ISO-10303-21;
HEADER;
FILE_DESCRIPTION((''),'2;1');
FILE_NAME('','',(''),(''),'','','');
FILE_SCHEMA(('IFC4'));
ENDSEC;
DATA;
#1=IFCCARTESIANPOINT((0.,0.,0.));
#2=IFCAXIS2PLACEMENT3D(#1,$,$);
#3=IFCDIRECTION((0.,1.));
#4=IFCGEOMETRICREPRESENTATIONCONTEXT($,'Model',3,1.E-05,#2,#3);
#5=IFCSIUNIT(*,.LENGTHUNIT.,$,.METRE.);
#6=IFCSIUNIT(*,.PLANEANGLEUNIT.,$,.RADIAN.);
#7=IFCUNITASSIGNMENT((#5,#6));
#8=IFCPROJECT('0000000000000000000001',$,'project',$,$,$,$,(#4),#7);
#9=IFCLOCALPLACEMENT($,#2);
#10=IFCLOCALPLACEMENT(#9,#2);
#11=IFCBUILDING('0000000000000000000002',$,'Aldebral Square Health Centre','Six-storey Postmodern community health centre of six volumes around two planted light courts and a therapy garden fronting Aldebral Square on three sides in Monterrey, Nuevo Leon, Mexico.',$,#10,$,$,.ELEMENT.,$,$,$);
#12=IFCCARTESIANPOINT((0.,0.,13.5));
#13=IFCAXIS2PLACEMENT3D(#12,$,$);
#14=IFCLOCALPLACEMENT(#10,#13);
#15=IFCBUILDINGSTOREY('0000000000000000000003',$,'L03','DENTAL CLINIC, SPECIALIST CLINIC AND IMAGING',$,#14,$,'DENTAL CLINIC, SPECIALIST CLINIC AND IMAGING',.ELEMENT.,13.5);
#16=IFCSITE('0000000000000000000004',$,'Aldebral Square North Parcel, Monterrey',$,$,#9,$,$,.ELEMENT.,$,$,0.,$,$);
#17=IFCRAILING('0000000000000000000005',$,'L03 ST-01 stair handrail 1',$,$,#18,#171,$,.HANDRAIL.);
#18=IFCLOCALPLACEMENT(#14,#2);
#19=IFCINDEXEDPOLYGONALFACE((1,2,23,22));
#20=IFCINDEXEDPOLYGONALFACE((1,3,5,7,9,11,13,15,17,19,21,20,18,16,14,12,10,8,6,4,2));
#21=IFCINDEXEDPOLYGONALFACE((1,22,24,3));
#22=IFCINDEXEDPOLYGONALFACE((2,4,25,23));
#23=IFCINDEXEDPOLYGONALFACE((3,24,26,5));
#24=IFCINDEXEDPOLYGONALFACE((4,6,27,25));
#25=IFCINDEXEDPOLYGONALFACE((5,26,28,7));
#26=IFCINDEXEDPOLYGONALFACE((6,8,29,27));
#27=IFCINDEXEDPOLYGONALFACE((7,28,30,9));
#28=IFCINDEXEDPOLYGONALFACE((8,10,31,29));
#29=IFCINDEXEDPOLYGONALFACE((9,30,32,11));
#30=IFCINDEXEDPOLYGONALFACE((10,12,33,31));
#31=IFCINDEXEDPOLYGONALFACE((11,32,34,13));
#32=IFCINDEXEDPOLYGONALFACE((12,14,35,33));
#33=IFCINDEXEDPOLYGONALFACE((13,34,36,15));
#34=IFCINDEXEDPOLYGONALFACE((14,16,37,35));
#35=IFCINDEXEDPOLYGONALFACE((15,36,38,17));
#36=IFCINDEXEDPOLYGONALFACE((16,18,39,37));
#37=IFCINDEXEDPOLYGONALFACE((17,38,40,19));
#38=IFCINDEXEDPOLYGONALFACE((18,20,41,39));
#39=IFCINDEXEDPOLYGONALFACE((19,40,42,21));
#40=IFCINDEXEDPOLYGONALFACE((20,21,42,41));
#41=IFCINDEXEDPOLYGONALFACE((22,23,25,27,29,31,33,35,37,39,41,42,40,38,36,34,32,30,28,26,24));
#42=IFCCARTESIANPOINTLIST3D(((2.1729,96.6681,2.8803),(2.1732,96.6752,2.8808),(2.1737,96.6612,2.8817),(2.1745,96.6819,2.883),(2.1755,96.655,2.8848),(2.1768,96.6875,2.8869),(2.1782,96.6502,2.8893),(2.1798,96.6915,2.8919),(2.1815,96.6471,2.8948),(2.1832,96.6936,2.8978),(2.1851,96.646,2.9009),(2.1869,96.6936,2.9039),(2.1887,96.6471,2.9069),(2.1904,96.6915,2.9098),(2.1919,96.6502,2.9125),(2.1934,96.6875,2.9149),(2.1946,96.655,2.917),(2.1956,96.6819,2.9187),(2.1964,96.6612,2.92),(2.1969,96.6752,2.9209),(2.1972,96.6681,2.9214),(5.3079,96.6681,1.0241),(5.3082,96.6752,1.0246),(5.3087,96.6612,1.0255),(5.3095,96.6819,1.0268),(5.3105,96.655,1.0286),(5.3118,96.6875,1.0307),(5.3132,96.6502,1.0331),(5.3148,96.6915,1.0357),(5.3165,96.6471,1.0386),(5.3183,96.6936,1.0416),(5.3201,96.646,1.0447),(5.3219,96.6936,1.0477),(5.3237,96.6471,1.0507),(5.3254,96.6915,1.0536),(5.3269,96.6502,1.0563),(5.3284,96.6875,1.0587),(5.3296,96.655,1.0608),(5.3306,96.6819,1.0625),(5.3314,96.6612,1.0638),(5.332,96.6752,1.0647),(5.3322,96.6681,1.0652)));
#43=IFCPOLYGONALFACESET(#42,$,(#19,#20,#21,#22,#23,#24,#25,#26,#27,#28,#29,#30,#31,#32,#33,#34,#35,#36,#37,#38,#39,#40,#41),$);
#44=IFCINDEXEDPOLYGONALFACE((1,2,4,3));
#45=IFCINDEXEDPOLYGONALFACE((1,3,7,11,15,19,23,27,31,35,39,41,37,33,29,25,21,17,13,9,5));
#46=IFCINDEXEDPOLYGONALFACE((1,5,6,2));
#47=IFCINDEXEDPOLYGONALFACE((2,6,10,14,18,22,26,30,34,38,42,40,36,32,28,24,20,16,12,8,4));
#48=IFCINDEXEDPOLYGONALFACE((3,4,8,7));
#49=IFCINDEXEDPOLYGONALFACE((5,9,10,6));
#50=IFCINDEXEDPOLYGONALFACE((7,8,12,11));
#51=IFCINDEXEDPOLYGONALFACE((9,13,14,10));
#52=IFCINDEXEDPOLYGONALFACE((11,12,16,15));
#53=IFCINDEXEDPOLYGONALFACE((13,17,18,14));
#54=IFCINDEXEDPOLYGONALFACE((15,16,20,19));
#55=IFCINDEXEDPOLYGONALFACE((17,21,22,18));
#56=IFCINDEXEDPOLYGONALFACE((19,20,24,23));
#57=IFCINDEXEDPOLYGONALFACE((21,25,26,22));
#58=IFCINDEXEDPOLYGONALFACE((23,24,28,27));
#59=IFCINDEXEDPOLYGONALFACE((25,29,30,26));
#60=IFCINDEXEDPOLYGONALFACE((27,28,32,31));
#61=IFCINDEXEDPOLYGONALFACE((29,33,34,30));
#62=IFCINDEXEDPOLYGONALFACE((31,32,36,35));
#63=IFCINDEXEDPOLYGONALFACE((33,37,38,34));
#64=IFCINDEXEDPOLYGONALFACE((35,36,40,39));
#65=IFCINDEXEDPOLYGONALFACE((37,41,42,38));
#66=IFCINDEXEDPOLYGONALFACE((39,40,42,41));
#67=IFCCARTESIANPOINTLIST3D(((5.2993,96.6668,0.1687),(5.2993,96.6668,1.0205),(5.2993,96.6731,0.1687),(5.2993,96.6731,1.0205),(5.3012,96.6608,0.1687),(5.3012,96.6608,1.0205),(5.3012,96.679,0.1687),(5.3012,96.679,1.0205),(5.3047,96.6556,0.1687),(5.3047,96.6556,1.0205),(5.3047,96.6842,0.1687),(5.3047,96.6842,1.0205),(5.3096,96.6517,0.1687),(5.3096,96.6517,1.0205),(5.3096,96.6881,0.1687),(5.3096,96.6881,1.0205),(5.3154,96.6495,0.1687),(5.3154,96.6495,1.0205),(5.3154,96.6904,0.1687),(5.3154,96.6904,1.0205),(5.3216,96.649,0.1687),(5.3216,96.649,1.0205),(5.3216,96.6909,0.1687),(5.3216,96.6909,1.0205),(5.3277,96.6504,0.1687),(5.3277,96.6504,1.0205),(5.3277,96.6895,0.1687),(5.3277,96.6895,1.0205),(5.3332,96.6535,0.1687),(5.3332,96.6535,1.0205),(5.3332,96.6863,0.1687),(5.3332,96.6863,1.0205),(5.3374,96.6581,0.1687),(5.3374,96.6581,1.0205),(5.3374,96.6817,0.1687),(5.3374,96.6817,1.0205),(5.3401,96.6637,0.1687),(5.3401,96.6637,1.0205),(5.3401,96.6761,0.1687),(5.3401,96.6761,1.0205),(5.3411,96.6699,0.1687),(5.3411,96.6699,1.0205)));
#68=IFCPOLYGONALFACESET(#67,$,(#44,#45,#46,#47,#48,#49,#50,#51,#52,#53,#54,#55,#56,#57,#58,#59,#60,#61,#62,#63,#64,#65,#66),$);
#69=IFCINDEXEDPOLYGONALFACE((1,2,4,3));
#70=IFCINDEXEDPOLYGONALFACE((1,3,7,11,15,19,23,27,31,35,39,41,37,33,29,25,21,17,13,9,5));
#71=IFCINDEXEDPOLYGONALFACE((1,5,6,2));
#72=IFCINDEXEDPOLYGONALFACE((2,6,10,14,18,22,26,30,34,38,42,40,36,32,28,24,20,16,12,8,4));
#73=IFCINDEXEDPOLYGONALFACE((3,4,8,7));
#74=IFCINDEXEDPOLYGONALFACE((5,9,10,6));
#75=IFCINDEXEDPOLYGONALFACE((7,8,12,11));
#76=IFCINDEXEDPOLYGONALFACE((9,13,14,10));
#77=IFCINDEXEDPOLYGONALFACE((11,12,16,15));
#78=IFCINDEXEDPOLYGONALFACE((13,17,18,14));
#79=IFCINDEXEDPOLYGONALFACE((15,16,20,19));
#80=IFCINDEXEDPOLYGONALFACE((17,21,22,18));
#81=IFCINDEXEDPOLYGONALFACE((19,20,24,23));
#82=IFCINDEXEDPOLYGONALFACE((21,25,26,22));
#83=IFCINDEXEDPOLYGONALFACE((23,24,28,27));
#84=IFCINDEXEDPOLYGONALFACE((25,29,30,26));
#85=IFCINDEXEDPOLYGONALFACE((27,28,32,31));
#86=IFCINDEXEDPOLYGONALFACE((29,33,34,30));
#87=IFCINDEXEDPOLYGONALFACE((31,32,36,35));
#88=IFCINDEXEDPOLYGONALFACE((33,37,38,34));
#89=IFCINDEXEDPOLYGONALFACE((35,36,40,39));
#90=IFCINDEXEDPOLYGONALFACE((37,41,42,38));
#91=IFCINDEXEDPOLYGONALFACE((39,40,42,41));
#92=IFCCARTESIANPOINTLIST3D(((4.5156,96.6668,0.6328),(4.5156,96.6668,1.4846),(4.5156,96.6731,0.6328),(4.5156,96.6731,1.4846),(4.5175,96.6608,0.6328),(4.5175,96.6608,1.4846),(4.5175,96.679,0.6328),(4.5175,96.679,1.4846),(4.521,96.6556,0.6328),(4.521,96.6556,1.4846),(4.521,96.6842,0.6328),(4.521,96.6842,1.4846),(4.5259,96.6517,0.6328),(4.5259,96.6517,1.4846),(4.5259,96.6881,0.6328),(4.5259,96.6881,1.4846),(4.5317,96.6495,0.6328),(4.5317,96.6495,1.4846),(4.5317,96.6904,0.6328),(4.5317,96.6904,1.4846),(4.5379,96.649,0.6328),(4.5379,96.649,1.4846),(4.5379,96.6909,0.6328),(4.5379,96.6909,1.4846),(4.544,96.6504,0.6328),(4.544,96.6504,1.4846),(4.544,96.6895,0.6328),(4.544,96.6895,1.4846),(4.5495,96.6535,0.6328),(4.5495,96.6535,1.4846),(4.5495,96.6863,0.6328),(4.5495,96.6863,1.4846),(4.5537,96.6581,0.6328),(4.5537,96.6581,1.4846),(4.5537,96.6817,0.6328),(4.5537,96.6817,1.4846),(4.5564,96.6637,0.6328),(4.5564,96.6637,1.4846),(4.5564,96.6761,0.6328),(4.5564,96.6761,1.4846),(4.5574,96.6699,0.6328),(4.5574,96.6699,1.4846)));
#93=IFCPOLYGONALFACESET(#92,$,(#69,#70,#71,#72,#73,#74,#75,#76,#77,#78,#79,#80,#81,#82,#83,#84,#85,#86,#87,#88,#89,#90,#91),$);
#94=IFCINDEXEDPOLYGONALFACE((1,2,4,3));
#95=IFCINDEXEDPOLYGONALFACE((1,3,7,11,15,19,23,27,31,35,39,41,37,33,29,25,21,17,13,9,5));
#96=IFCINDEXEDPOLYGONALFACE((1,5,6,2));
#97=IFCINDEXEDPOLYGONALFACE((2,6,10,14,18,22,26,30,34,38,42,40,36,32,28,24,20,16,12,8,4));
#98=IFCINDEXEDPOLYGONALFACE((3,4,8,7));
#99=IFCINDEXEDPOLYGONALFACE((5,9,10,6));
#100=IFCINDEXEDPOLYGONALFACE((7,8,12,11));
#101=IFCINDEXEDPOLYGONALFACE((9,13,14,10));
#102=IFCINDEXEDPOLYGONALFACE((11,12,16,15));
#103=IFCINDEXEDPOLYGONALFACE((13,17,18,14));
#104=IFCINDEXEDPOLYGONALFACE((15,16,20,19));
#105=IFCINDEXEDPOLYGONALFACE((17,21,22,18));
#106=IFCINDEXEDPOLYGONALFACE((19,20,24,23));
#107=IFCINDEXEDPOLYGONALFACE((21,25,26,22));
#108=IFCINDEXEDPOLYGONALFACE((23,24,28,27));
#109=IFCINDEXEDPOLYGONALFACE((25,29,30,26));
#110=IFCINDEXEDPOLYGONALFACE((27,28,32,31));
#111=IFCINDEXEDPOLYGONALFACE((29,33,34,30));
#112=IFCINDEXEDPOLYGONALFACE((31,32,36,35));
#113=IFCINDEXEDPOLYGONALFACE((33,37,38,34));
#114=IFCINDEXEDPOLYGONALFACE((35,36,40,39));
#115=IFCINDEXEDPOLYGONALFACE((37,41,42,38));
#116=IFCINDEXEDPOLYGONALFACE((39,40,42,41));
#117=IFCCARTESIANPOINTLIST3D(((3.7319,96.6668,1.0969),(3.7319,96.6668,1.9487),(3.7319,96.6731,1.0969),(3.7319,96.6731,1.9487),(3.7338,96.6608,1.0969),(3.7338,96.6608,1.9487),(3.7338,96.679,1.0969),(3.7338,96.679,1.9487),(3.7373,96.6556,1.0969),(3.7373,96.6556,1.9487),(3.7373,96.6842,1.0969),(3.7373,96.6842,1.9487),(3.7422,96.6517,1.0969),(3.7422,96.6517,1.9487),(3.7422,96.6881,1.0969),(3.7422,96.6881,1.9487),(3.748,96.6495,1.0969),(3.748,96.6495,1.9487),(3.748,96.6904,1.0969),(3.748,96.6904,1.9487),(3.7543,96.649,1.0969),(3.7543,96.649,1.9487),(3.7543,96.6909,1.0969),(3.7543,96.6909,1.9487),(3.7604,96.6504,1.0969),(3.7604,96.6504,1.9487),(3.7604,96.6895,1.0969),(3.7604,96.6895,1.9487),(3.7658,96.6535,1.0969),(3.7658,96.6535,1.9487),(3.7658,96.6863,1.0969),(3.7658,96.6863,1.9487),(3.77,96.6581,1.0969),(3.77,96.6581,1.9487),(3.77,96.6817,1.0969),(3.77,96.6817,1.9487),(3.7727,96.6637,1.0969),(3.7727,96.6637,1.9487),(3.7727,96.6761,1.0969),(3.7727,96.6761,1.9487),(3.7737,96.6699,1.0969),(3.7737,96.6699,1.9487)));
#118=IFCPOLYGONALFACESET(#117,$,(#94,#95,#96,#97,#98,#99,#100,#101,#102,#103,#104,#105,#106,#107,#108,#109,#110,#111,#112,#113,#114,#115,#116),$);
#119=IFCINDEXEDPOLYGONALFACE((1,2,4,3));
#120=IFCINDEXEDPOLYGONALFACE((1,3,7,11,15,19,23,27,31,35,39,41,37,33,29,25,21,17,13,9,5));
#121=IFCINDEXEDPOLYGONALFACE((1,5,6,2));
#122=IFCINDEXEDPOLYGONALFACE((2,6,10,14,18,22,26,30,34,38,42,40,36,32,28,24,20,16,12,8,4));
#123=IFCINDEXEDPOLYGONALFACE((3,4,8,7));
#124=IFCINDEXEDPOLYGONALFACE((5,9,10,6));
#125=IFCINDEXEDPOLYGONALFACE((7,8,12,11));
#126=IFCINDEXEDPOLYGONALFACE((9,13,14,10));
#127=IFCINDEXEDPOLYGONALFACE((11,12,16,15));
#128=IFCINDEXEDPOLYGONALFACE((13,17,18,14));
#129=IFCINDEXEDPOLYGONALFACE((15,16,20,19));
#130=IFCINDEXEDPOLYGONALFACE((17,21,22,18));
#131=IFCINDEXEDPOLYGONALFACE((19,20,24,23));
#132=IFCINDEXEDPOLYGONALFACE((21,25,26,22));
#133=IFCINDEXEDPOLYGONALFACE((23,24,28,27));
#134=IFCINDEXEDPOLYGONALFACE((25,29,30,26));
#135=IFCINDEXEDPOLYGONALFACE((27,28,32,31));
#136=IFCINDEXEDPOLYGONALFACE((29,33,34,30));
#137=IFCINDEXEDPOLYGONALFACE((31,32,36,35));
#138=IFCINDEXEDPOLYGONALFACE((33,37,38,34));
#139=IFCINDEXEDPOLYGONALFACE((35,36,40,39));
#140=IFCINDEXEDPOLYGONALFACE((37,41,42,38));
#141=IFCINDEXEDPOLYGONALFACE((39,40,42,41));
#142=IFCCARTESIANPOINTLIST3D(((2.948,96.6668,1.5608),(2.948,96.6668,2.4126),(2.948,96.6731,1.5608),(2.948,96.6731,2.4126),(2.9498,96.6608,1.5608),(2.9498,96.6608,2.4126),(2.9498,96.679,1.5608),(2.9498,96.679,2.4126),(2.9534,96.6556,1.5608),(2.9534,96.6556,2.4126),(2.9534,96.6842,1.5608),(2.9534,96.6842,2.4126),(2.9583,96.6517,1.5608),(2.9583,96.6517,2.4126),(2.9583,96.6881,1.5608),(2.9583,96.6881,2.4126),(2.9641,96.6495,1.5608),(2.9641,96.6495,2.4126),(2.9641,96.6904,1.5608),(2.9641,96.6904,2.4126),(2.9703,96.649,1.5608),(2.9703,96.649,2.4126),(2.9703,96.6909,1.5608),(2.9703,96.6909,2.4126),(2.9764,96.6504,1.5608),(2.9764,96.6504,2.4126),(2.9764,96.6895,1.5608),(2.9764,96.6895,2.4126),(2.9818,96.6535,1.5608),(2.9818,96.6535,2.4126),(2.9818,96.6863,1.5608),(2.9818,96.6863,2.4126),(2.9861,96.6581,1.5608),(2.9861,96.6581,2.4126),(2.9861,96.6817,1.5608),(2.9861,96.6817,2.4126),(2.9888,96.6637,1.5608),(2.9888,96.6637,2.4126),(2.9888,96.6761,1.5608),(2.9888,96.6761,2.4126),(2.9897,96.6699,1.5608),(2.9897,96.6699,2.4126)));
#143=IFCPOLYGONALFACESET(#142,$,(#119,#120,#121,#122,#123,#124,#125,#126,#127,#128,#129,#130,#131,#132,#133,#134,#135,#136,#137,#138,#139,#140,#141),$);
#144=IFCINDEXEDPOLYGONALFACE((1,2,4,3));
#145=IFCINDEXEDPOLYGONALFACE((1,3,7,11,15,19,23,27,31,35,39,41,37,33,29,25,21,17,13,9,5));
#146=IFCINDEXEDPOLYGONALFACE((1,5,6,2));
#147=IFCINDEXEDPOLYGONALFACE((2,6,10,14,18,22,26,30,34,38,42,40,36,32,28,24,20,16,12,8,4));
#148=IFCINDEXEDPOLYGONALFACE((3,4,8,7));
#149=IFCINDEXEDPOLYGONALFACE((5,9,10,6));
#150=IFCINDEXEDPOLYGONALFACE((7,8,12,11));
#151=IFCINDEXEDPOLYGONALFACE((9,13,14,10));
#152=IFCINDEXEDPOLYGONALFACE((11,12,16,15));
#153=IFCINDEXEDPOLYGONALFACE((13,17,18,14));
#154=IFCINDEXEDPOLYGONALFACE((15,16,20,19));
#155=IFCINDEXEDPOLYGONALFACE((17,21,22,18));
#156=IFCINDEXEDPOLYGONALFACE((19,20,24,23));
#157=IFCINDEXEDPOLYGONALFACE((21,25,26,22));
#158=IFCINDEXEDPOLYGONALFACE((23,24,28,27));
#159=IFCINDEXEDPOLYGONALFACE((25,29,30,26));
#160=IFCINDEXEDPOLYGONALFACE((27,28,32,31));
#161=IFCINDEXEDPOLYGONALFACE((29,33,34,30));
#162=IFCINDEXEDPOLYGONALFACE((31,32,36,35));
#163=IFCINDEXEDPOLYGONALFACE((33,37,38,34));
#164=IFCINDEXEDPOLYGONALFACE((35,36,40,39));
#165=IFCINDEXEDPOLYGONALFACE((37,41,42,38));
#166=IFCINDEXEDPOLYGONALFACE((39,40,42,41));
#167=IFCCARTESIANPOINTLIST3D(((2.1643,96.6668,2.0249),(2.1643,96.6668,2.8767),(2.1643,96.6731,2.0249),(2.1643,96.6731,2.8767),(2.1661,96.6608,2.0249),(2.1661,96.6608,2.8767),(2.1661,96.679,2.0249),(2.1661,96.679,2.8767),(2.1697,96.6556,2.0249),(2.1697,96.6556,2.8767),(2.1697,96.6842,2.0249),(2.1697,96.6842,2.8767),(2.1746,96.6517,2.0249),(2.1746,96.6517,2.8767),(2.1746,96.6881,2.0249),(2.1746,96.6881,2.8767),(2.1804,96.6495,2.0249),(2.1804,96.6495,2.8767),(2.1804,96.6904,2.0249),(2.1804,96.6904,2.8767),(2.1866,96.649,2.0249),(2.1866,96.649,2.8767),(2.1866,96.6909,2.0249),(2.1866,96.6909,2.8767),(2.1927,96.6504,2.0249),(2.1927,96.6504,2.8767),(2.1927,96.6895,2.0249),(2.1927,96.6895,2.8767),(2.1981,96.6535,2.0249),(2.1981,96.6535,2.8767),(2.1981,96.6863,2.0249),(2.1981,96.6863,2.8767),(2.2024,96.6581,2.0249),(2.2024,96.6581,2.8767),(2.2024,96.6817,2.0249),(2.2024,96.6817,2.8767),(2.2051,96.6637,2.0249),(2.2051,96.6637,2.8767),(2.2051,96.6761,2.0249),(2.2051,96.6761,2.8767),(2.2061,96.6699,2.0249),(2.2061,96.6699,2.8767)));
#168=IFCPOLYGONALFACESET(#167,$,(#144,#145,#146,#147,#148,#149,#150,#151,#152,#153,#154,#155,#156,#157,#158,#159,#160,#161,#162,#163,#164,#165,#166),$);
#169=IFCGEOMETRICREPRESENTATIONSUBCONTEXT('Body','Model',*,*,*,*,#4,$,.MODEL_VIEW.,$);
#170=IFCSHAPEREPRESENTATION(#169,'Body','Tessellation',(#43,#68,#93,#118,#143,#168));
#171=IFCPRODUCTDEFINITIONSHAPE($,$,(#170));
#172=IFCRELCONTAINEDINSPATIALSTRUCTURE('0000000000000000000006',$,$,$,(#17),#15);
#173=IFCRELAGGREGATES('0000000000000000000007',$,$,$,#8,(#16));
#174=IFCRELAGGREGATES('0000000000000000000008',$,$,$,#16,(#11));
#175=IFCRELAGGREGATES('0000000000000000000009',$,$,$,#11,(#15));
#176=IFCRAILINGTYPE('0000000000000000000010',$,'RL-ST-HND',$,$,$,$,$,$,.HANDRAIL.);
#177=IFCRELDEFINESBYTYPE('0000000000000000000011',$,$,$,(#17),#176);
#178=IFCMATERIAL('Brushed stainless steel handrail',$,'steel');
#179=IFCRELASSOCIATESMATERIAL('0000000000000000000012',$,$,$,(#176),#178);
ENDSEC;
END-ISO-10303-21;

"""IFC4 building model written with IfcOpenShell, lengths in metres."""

from ifc_helpers import new_model, si_unit, direction, frame, origin, origin_2d, place, context, subcontext, project, spatial, circle, extrude, material, type_object, element, save


model = new_model("IFC4")

# Units and contexts
model_context = context("Model", 3, precision=1e-05, world=origin(), true_north=direction((0.0, 1.0)))
body_context = subcontext(model_context, "Body", "Model", "MODEL_VIEW")
ifc_project = project(units=[si_unit("LENGTHUNIT", "METRE"), si_unit("PLANEANGLEUNIT", "RADIAN")], contexts=[model_context])

# Site, building, storey
site_placement = place(None, origin())
site = spatial("IfcSite", under=ifc_project, at=site_placement, Name="Aldebral Square North Parcel, Monterrey", CompositionType="ELEMENT", RefElevation=0.0)
building_placement = place(site_placement, origin())
building = spatial("IfcBuilding", under=site, at=building_placement, Name="Aldebral Square Health Centre", Description="Six-storey Postmodern community health centre of six volumes around two planted light courts and a therapy garden fronting Aldebral Square on three sides in Monterrey, Nuevo Leon, Mexico.", CompositionType="ELEMENT")
storey_placement = place(building_placement, frame((0.0, 0.0, 13.5)))
storey = spatial("IfcBuildingStorey", under=building, at=storey_placement, Name="L03", Description="DENTAL CLINIC, SPECIALIST CLINIC AND IMAGING", LongName="DENTAL CLINIC, SPECIALIST CLINIC AND IMAGING", CompositionType="ELEMENT", Elevation=13.5)

# Railing
ifc_material_1 = material(Name="Brushed stainless steel handrail", Category="steel")
railing_type_1 = type_object("IfcRailingType", Name="RL-ST-HND", PredefinedType="HANDRAIL", material=ifc_material_1)
railing_1_placement = place(storey_placement, frame((5.3201, 96.6699, 0.1687)))
element("IfcRailing", 1, at=railing_1_placement, inside=storey, type_object=railing_type_1, Name="L03 ST-01 stair handrail 1", PredefinedType="HANDRAIL", context=body_context, shape_type="SweptSolid", body=[
    extrude(circle(Radius=0.0239, at=origin_2d()), frame((0.0, 0.0, 0.876), z_axis=(-0.860482, 0.0, 0.509481), x_axis=(0.0, -1.0, 0.0)), (0.0, 0.0, 1.0), 3.6433),
    extrude(circle(Radius=0.021, at=origin_2d()), origin(), (0.0, 0.0, 1.0), 0.8518),
    extrude(circle(Radius=0.021, at=origin_2d()), frame((-0.7837, 0.0, 0.4641)), (0.0, 0.0, 1.0), 0.8518),
    extrude(circle(Radius=0.021, at=origin_2d()), frame((-1.5674, 0.0, 0.9282)), (0.0, 0.0, 1.0), 0.8518),
    extrude(circle(Radius=0.021, at=origin_2d()), frame((-2.3513, 0.0, 1.3921)), (0.0, 0.0, 1.0), 0.8518),
    extrude(circle(Radius=0.021, at=origin_2d()), frame((-3.135, 0.0, 1.8562)), (0.0, 0.0, 1.0), 0.8518),
])

save(model, "model.ifc")
